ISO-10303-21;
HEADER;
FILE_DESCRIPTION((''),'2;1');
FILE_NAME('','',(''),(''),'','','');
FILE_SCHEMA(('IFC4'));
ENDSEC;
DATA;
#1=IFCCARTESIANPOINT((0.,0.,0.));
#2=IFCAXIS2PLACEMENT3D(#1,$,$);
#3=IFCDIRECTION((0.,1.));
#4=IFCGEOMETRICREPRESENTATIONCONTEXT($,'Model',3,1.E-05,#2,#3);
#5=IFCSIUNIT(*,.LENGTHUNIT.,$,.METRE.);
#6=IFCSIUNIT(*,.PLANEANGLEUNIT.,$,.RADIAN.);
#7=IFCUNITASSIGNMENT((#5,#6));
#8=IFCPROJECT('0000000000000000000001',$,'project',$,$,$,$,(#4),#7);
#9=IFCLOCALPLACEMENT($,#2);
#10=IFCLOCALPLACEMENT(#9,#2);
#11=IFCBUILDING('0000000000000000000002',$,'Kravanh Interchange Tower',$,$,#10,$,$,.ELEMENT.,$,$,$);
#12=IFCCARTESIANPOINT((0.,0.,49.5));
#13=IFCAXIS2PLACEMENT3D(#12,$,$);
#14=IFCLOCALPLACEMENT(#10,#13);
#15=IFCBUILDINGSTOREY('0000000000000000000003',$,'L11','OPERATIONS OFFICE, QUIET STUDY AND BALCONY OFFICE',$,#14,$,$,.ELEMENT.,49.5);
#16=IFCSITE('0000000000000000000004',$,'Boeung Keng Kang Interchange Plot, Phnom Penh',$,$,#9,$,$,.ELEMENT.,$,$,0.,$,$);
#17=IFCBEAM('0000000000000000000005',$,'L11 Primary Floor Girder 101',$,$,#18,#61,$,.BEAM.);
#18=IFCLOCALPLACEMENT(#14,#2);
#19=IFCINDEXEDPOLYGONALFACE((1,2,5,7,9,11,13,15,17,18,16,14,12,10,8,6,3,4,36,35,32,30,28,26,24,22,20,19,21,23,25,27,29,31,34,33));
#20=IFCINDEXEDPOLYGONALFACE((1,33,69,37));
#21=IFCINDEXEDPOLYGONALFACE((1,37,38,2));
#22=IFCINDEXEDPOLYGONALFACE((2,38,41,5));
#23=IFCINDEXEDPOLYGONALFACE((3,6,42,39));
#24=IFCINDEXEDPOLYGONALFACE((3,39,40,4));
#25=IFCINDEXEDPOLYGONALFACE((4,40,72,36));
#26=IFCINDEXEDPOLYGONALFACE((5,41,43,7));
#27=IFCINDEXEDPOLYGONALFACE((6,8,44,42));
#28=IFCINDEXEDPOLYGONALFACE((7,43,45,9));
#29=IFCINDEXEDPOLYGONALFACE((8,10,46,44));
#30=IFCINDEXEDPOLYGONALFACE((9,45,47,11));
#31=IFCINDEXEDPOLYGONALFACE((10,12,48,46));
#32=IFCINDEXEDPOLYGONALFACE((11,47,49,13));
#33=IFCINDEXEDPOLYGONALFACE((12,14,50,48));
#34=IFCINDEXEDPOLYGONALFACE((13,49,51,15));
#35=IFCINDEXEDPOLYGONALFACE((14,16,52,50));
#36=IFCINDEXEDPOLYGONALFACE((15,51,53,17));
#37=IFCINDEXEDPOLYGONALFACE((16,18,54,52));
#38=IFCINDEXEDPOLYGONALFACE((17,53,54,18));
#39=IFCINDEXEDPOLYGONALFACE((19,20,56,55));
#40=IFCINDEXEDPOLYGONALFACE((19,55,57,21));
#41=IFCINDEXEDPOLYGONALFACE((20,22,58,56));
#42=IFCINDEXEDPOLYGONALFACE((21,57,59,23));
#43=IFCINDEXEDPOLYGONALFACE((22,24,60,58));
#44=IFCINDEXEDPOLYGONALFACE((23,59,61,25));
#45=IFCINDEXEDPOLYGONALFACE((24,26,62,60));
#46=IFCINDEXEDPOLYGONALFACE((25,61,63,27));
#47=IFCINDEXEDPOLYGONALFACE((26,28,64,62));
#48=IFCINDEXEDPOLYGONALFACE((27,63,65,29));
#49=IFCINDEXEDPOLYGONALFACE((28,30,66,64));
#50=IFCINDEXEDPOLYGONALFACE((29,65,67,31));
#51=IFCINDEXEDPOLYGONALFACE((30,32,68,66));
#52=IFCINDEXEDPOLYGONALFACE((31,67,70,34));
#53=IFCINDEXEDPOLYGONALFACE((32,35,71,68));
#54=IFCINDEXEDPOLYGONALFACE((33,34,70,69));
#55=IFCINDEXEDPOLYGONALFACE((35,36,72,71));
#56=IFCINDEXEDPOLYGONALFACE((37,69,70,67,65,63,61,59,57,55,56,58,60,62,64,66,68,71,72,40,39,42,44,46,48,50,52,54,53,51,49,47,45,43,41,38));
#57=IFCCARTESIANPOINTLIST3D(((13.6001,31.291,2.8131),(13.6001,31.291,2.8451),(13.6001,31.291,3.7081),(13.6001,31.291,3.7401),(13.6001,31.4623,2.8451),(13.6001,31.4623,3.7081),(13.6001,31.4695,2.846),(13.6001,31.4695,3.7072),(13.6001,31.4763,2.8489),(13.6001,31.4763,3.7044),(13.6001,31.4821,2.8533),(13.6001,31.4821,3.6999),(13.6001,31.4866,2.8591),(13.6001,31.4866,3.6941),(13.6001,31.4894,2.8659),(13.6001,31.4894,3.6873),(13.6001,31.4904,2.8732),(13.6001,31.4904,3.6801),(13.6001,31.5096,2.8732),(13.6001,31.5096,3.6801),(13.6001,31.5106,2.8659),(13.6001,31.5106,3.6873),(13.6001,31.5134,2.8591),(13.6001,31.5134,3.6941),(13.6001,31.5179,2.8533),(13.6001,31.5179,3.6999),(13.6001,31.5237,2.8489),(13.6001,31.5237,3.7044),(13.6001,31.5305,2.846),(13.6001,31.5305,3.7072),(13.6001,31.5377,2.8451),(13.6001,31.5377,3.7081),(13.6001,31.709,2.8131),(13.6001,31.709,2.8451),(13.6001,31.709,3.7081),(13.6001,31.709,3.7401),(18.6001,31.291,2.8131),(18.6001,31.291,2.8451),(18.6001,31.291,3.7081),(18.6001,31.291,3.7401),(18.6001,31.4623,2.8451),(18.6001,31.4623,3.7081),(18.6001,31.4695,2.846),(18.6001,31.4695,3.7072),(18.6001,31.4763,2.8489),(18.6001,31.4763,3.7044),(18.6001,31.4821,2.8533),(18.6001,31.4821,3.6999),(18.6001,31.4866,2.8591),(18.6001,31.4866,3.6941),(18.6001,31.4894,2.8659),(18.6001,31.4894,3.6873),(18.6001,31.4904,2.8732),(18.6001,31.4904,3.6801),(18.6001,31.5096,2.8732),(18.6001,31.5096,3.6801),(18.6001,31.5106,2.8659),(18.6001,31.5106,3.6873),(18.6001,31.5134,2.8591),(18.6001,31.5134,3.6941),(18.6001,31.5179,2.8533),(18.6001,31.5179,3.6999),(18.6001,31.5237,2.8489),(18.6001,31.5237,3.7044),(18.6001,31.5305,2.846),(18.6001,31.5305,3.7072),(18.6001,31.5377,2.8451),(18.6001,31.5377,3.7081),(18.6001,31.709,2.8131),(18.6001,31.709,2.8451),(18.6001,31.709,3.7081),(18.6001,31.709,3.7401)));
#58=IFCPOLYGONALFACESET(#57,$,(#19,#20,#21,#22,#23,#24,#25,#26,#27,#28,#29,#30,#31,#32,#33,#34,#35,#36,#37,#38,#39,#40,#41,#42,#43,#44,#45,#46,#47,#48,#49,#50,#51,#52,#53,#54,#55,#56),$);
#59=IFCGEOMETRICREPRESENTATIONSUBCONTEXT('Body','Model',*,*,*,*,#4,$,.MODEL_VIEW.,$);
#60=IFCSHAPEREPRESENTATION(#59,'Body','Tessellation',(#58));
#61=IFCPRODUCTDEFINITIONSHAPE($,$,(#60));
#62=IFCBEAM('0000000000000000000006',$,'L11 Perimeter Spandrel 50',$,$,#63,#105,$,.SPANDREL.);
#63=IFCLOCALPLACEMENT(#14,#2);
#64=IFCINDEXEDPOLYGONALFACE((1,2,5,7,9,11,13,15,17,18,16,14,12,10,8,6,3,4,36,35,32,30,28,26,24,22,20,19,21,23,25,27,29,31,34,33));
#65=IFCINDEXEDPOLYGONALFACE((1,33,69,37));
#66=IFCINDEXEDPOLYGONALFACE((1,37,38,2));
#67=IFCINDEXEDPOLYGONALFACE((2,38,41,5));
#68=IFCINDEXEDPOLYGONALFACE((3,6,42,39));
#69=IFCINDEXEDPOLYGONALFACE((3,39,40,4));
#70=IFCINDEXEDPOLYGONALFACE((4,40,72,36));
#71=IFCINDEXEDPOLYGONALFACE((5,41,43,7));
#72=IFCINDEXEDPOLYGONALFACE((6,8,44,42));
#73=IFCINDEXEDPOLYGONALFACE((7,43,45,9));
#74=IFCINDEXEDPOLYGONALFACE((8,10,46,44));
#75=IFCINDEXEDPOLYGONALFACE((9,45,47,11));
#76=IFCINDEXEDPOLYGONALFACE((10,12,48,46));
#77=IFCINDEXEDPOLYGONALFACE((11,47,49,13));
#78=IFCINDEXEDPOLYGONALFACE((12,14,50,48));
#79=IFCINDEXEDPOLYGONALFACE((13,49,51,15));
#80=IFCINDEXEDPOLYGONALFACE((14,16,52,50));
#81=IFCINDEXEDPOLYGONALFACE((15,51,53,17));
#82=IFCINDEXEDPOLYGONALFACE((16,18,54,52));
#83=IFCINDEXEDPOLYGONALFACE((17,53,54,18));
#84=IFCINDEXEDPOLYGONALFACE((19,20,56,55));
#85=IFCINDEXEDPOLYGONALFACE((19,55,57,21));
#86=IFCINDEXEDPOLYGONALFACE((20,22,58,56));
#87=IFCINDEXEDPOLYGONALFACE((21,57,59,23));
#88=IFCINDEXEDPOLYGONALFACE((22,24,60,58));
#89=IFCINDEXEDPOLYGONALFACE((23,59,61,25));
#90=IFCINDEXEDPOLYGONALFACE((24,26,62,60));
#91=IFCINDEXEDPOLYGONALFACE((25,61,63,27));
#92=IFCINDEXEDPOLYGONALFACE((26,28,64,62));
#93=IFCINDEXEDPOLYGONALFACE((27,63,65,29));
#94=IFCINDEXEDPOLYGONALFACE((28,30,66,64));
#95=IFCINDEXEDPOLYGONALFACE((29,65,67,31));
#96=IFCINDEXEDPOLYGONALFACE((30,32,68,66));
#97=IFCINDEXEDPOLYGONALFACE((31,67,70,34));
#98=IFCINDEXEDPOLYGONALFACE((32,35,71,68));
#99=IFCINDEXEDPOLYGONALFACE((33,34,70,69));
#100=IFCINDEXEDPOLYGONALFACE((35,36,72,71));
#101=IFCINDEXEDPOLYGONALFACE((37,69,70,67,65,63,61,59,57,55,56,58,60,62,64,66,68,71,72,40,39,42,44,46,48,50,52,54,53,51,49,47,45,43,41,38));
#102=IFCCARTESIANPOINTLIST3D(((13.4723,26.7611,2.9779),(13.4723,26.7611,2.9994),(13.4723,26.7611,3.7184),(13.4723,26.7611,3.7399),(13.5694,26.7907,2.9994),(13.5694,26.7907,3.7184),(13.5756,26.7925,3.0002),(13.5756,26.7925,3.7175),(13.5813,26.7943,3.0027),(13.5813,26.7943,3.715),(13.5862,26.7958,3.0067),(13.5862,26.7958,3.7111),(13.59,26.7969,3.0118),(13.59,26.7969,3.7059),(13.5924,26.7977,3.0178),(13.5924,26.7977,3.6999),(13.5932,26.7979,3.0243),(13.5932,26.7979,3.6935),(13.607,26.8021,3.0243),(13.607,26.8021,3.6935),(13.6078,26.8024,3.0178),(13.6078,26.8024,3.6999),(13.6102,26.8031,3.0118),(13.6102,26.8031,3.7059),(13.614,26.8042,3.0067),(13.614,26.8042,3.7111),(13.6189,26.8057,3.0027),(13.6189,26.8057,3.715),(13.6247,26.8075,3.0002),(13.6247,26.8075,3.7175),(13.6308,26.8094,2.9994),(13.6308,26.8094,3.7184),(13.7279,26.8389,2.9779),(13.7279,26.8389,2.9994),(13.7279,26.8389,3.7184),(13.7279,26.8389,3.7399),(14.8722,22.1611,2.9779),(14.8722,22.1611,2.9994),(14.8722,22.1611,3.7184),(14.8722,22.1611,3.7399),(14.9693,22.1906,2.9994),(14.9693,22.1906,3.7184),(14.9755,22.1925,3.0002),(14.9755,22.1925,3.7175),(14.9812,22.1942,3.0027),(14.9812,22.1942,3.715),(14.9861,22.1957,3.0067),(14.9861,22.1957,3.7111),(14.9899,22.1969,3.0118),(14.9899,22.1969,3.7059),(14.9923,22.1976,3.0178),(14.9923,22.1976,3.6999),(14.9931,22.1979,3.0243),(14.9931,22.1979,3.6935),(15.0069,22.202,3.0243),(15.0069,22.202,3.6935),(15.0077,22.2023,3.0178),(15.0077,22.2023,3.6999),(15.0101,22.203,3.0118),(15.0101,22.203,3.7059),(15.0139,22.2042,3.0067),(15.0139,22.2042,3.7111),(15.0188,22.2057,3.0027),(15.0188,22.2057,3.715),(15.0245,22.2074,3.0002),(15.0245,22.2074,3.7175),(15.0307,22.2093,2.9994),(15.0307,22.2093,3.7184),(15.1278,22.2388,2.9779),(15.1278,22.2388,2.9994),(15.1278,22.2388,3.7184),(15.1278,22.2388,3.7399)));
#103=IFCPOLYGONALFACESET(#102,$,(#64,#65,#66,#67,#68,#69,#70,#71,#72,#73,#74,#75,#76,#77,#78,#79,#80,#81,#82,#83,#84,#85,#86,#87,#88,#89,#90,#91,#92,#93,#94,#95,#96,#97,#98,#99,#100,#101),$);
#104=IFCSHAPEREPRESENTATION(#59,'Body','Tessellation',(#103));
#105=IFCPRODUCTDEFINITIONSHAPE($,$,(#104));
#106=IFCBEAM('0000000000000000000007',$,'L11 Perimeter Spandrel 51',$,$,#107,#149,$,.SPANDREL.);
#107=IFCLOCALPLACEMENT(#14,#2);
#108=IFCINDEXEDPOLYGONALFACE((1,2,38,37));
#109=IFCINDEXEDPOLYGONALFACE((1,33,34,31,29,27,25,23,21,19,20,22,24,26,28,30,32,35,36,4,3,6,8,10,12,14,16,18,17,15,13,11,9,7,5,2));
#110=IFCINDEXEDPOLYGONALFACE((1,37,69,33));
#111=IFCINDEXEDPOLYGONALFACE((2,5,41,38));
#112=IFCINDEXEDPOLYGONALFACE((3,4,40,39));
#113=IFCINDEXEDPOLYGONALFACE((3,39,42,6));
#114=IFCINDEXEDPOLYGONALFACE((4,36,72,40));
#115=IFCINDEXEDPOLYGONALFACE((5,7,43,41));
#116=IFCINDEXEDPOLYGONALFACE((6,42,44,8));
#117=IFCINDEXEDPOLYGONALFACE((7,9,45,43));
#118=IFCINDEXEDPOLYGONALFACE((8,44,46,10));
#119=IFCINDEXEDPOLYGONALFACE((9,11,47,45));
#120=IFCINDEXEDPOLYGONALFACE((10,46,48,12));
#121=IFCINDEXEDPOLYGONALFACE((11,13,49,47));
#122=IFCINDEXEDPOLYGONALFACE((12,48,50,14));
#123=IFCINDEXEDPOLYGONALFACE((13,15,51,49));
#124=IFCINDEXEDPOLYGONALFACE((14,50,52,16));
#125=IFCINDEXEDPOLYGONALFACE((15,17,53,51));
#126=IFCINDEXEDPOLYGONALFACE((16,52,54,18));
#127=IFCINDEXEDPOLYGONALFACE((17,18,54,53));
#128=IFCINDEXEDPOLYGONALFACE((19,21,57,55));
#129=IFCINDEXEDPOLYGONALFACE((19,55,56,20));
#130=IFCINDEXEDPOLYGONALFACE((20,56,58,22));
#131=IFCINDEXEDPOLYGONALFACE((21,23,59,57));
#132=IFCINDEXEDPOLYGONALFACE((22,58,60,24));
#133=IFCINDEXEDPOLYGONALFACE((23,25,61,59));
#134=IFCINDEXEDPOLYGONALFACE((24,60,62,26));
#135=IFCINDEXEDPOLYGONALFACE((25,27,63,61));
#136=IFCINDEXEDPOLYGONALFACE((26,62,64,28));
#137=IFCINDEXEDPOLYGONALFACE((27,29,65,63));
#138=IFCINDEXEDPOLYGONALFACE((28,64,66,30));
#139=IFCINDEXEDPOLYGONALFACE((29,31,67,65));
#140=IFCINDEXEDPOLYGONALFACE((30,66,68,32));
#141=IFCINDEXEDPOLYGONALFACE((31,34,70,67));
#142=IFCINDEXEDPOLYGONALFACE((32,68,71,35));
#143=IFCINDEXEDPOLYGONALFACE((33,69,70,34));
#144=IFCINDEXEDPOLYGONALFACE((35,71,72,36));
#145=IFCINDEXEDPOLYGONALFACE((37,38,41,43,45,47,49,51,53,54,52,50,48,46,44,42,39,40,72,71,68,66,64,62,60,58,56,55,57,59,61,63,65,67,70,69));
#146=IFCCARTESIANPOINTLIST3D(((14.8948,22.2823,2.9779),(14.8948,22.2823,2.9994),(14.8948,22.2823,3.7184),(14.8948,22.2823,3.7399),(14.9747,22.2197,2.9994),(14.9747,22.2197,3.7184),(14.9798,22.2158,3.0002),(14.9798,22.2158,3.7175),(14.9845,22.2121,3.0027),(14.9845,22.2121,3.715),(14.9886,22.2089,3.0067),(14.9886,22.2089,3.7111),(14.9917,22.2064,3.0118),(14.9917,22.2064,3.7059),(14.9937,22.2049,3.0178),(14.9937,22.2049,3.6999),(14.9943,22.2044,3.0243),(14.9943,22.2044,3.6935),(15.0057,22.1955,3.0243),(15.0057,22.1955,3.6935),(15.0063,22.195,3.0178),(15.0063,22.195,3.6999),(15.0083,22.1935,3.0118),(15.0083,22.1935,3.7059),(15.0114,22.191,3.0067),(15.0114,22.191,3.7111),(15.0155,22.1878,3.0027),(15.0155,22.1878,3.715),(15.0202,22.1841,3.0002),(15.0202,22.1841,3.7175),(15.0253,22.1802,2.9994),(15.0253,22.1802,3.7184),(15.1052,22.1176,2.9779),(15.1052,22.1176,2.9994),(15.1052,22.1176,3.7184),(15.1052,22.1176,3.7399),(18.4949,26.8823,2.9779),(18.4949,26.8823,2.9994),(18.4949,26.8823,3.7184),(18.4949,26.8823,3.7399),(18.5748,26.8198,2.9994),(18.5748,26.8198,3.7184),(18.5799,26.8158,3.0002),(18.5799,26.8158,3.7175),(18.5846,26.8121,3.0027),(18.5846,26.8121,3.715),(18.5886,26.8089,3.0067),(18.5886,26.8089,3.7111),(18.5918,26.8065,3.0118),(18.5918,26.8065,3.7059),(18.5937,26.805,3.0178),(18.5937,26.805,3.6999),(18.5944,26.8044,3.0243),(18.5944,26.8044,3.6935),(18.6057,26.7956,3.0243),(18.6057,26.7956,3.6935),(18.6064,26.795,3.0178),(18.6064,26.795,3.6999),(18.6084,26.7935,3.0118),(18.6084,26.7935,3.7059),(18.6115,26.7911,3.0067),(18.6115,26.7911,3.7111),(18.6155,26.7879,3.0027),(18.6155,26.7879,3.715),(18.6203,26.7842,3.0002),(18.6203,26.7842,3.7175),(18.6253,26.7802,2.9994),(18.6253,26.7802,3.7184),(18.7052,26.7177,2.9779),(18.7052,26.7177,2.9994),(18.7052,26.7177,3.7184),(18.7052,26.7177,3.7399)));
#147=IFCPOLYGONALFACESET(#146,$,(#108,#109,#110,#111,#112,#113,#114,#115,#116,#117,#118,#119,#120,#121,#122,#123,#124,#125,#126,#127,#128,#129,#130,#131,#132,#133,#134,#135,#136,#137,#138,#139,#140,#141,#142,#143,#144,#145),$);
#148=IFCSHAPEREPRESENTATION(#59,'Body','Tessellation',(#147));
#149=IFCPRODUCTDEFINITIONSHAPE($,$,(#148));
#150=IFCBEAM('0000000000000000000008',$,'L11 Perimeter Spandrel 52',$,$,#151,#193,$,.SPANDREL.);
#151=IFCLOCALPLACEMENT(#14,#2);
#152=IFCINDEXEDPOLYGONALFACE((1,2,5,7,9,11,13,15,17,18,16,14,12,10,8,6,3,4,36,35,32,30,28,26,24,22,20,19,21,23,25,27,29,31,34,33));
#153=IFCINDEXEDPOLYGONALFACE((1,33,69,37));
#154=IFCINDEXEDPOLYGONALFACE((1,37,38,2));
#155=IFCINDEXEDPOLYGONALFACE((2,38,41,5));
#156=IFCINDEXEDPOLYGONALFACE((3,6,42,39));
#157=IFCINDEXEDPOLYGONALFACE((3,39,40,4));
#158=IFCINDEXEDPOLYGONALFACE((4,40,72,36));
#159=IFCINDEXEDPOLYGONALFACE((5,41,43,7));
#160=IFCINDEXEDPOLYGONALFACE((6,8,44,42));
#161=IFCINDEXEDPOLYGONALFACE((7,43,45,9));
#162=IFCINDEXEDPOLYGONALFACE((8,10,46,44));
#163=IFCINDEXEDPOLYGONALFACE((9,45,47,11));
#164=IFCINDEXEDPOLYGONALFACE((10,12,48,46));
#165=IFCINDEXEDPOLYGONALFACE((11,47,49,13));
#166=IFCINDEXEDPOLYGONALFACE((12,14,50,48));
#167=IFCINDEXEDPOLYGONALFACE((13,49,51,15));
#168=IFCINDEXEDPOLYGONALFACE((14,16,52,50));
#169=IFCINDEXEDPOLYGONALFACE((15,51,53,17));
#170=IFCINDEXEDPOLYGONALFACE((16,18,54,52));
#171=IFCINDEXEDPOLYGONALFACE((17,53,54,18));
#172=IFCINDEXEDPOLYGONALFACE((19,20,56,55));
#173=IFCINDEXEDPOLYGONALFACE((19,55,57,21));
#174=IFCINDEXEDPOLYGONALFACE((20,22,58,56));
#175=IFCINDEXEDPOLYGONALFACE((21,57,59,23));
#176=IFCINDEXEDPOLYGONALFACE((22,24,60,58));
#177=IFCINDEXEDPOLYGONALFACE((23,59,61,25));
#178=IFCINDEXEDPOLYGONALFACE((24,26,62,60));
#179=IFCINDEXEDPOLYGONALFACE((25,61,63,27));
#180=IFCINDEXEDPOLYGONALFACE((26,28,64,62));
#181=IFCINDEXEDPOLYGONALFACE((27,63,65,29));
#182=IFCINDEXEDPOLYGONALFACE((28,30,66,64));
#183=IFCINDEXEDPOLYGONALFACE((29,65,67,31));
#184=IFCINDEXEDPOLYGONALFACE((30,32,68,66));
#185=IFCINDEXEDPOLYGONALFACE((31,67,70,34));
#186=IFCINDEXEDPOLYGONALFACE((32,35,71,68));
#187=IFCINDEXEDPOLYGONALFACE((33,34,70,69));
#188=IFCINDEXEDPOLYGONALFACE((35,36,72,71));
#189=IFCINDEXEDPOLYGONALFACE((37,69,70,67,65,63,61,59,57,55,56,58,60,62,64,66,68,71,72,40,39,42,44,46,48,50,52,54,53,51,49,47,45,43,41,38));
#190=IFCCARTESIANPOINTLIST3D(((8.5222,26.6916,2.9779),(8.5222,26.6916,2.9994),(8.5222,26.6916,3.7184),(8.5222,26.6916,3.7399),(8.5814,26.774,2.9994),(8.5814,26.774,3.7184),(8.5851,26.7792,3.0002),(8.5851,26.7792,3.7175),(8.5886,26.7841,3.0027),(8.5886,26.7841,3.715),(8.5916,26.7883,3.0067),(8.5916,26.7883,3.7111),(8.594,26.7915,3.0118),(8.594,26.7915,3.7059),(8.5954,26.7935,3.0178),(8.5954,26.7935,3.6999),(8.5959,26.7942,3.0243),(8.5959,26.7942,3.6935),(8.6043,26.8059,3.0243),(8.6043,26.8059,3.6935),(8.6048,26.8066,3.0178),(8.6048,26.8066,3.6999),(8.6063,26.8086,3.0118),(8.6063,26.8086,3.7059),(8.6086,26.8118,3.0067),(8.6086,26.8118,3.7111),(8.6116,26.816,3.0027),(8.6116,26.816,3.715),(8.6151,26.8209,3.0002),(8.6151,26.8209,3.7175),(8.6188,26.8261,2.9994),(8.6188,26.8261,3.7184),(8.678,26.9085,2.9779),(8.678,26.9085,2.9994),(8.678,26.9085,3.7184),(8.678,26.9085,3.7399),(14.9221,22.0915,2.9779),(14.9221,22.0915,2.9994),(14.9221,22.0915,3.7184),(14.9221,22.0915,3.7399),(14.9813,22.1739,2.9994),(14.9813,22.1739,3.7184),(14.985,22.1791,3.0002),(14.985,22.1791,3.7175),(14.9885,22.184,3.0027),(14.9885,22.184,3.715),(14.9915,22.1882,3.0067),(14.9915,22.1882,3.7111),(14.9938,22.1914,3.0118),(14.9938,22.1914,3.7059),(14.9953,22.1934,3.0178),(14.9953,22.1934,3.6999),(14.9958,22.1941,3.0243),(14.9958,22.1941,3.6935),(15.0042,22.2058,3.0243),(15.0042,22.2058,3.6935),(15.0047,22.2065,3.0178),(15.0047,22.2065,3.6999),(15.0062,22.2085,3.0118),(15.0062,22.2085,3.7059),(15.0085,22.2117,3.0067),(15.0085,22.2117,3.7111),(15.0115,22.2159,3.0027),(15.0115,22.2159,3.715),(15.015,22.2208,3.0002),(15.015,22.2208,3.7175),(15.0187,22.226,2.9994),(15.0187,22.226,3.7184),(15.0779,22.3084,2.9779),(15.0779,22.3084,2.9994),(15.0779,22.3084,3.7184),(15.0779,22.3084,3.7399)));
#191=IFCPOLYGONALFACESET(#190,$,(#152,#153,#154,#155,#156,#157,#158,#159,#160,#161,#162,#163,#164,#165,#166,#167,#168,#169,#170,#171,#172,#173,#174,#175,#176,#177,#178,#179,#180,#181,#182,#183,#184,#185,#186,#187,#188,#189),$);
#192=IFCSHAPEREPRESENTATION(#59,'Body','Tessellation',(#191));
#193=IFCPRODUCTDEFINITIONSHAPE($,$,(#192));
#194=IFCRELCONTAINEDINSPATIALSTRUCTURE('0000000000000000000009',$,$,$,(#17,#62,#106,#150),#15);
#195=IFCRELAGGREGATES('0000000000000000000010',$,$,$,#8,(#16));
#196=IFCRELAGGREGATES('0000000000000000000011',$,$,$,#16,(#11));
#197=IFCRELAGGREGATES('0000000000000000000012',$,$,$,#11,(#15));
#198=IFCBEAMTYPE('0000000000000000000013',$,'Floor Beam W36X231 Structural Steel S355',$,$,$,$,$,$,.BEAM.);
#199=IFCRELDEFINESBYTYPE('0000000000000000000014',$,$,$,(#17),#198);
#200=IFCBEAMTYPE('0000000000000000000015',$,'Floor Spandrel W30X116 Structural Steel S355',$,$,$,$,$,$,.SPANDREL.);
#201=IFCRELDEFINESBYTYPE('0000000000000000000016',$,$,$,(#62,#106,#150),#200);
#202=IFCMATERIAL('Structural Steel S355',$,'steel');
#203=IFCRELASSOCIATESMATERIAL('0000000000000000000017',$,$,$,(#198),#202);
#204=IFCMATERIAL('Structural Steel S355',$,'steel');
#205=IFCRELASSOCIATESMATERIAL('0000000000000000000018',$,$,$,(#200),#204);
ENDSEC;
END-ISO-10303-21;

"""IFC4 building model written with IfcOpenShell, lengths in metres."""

from ifc_helpers import new_model, si_unit, direction, frame, origin, origin_2d, place, context, subcontext, project, spatial, i_section, extrude, material, material_profile, profile_set, type_object, element, save


model = new_model("IFC4")

# Units and contexts
model_context = context("Model", 3, precision=1e-05, world=origin(), true_north=direction((0.0, 1.0)))
body_context = subcontext(model_context, "Body", "Model", "MODEL_VIEW")
ifc_project = project(units=[si_unit("LENGTHUNIT", "METRE"), si_unit("PLANEANGLEUNIT", "RADIAN")], contexts=[model_context])

# Site, building, storey
site_placement = place(None, origin())
site = spatial("IfcSite", under=ifc_project, at=site_placement, Name="Boeung Keng Kang Interchange Plot, Phnom Penh", CompositionType="ELEMENT", RefElevation=0.0)
building_placement = place(site_placement, origin())
building = spatial("IfcBuilding", under=site, at=building_placement, Name="Kravanh Interchange Tower", CompositionType="ELEMENT")
storey_placement = place(building_placement, frame((0.0, 0.0, 49.5)))
storey = spatial("IfcBuildingStorey", under=building, at=storey_placement, Name="L11", Description="OPERATIONS OFFICE, QUIET STUDY AND BALCONY OFFICE", CompositionType="ELEMENT", Elevation=49.5)

# Beams
ifc_material_1 = material(Name="Structural Steel S355", Category="steel")
ifc_material_profile_1 = material_profile(ifc_material_1, i_section(OverallWidth=0.418, OverallDepth=0.927, WebThickness=0.0193, FlangeThickness=0.032, FilletRadius=0.0281, at=origin_2d()), Name="W36X231")
ifc_profile_set_1 = profile_set([ifc_material_profile_1], Name="Structural Steel S355")
beam_type_1 = type_object("IfcBeamType", Name="Floor Beam W36X231 Structural Steel S355", PredefinedType="BEAM", material=ifc_profile_set_1)
for number, where, z_axis, x_axis, name in (
    (1, (13.6001, 31.5, 3.2766), (1.0, 0.0, 0.0), (0.0, 1.0, 0.0), "L11 Primary Floor Girder 101"),
):
    element("IfcBeam", number, at=place(storey_placement, frame(where, z_axis=z_axis, x_axis=x_axis)), inside=storey, type_object=beam_type_1, Name=name, PredefinedType="BEAM", context=body_context, shape_type="SweptSolid", body=[
        extrude(i_section(OverallWidth=0.418, OverallDepth=0.927, WebThickness=0.0193, FlangeThickness=0.032, FilletRadius=0.0281, at=origin_2d()), origin(), (0.0, 0.0, 1.0), 5.0),
    ])
ifc_material_2 = material(Name="Structural Steel S355", Category="steel")
ifc_material_profile_2 = material_profile(ifc_material_2, i_section(OverallWidth=0.2671, OverallDepth=0.762, WebThickness=0.0144, FlangeThickness=0.0215, FilletRadius=0.0249, at=origin_2d()), Name="W30X116")
ifc_profile_set_2 = profile_set([ifc_material_profile_2], Name="Structural Steel S355")
beam_type_2 = type_object("IfcBeamType", Name="Floor Spandrel W30X116 Structural Steel S355", PredefinedType="SPANDREL", material=ifc_profile_set_2)
beam_1_placement = place(storey_placement, frame((15.0, 22.2, 3.3589), z_axis=(-0.291137, 0.956681, 0.0), x_axis=(-0.956681, -0.291137, 0.0)))
element("IfcBeam", 2, at=beam_1_placement, inside=storey, type_object=beam_type_2, Name="L11 Perimeter Spandrel 50", PredefinedType="SPANDREL", context=body_context, shape_type="SweptSolid", body=[
    extrude(i_section(OverallWidth=0.2671, OverallDepth=0.762, WebThickness=0.0144, FlangeThickness=0.0215, FilletRadius=0.0249, at=origin_2d()), origin(), (0.0, 0.0, 1.0), 4.8083),
])
beam_2_placement = place(storey_placement, frame((15.0, 22.2, 3.3589), z_axis=(0.616311, 0.787503, 0.0), x_axis=(-0.787503, 0.616311, 0.0)))
element("IfcBeam", 3, at=beam_2_placement, inside=storey, type_object=beam_type_2, Name="L11 Perimeter Spandrel 51", PredefinedType="SPANDREL", context=body_context, shape_type="SweptSolid", body=[
    extrude(i_section(OverallWidth=0.2671, OverallDepth=0.762, WebThickness=0.0144, FlangeThickness=0.0215, FilletRadius=0.0249, at=origin_2d()), origin(), (0.0, 0.0, 1.0), 5.8413),
])
beam_3_placement = place(storey_placement, frame((15.0, 22.2, 3.3589), z_axis=(-0.812005, 0.58365, 0.0), x_axis=(-0.58365, -0.812005, 0.0)))
element("IfcBeam", 4, at=beam_3_placement, inside=storey, type_object=beam_type_2, Name="L11 Perimeter Spandrel 52", PredefinedType="SPANDREL", context=body_context, shape_type="SweptSolid", body=[
    extrude(i_section(OverallWidth=0.2671, OverallDepth=0.762, WebThickness=0.0144, FlangeThickness=0.0215, FilletRadius=0.0249, at=origin_2d()), origin(), (0.0, 0.0, 1.0), 7.8816),
])

save(model, "model.ifc")
